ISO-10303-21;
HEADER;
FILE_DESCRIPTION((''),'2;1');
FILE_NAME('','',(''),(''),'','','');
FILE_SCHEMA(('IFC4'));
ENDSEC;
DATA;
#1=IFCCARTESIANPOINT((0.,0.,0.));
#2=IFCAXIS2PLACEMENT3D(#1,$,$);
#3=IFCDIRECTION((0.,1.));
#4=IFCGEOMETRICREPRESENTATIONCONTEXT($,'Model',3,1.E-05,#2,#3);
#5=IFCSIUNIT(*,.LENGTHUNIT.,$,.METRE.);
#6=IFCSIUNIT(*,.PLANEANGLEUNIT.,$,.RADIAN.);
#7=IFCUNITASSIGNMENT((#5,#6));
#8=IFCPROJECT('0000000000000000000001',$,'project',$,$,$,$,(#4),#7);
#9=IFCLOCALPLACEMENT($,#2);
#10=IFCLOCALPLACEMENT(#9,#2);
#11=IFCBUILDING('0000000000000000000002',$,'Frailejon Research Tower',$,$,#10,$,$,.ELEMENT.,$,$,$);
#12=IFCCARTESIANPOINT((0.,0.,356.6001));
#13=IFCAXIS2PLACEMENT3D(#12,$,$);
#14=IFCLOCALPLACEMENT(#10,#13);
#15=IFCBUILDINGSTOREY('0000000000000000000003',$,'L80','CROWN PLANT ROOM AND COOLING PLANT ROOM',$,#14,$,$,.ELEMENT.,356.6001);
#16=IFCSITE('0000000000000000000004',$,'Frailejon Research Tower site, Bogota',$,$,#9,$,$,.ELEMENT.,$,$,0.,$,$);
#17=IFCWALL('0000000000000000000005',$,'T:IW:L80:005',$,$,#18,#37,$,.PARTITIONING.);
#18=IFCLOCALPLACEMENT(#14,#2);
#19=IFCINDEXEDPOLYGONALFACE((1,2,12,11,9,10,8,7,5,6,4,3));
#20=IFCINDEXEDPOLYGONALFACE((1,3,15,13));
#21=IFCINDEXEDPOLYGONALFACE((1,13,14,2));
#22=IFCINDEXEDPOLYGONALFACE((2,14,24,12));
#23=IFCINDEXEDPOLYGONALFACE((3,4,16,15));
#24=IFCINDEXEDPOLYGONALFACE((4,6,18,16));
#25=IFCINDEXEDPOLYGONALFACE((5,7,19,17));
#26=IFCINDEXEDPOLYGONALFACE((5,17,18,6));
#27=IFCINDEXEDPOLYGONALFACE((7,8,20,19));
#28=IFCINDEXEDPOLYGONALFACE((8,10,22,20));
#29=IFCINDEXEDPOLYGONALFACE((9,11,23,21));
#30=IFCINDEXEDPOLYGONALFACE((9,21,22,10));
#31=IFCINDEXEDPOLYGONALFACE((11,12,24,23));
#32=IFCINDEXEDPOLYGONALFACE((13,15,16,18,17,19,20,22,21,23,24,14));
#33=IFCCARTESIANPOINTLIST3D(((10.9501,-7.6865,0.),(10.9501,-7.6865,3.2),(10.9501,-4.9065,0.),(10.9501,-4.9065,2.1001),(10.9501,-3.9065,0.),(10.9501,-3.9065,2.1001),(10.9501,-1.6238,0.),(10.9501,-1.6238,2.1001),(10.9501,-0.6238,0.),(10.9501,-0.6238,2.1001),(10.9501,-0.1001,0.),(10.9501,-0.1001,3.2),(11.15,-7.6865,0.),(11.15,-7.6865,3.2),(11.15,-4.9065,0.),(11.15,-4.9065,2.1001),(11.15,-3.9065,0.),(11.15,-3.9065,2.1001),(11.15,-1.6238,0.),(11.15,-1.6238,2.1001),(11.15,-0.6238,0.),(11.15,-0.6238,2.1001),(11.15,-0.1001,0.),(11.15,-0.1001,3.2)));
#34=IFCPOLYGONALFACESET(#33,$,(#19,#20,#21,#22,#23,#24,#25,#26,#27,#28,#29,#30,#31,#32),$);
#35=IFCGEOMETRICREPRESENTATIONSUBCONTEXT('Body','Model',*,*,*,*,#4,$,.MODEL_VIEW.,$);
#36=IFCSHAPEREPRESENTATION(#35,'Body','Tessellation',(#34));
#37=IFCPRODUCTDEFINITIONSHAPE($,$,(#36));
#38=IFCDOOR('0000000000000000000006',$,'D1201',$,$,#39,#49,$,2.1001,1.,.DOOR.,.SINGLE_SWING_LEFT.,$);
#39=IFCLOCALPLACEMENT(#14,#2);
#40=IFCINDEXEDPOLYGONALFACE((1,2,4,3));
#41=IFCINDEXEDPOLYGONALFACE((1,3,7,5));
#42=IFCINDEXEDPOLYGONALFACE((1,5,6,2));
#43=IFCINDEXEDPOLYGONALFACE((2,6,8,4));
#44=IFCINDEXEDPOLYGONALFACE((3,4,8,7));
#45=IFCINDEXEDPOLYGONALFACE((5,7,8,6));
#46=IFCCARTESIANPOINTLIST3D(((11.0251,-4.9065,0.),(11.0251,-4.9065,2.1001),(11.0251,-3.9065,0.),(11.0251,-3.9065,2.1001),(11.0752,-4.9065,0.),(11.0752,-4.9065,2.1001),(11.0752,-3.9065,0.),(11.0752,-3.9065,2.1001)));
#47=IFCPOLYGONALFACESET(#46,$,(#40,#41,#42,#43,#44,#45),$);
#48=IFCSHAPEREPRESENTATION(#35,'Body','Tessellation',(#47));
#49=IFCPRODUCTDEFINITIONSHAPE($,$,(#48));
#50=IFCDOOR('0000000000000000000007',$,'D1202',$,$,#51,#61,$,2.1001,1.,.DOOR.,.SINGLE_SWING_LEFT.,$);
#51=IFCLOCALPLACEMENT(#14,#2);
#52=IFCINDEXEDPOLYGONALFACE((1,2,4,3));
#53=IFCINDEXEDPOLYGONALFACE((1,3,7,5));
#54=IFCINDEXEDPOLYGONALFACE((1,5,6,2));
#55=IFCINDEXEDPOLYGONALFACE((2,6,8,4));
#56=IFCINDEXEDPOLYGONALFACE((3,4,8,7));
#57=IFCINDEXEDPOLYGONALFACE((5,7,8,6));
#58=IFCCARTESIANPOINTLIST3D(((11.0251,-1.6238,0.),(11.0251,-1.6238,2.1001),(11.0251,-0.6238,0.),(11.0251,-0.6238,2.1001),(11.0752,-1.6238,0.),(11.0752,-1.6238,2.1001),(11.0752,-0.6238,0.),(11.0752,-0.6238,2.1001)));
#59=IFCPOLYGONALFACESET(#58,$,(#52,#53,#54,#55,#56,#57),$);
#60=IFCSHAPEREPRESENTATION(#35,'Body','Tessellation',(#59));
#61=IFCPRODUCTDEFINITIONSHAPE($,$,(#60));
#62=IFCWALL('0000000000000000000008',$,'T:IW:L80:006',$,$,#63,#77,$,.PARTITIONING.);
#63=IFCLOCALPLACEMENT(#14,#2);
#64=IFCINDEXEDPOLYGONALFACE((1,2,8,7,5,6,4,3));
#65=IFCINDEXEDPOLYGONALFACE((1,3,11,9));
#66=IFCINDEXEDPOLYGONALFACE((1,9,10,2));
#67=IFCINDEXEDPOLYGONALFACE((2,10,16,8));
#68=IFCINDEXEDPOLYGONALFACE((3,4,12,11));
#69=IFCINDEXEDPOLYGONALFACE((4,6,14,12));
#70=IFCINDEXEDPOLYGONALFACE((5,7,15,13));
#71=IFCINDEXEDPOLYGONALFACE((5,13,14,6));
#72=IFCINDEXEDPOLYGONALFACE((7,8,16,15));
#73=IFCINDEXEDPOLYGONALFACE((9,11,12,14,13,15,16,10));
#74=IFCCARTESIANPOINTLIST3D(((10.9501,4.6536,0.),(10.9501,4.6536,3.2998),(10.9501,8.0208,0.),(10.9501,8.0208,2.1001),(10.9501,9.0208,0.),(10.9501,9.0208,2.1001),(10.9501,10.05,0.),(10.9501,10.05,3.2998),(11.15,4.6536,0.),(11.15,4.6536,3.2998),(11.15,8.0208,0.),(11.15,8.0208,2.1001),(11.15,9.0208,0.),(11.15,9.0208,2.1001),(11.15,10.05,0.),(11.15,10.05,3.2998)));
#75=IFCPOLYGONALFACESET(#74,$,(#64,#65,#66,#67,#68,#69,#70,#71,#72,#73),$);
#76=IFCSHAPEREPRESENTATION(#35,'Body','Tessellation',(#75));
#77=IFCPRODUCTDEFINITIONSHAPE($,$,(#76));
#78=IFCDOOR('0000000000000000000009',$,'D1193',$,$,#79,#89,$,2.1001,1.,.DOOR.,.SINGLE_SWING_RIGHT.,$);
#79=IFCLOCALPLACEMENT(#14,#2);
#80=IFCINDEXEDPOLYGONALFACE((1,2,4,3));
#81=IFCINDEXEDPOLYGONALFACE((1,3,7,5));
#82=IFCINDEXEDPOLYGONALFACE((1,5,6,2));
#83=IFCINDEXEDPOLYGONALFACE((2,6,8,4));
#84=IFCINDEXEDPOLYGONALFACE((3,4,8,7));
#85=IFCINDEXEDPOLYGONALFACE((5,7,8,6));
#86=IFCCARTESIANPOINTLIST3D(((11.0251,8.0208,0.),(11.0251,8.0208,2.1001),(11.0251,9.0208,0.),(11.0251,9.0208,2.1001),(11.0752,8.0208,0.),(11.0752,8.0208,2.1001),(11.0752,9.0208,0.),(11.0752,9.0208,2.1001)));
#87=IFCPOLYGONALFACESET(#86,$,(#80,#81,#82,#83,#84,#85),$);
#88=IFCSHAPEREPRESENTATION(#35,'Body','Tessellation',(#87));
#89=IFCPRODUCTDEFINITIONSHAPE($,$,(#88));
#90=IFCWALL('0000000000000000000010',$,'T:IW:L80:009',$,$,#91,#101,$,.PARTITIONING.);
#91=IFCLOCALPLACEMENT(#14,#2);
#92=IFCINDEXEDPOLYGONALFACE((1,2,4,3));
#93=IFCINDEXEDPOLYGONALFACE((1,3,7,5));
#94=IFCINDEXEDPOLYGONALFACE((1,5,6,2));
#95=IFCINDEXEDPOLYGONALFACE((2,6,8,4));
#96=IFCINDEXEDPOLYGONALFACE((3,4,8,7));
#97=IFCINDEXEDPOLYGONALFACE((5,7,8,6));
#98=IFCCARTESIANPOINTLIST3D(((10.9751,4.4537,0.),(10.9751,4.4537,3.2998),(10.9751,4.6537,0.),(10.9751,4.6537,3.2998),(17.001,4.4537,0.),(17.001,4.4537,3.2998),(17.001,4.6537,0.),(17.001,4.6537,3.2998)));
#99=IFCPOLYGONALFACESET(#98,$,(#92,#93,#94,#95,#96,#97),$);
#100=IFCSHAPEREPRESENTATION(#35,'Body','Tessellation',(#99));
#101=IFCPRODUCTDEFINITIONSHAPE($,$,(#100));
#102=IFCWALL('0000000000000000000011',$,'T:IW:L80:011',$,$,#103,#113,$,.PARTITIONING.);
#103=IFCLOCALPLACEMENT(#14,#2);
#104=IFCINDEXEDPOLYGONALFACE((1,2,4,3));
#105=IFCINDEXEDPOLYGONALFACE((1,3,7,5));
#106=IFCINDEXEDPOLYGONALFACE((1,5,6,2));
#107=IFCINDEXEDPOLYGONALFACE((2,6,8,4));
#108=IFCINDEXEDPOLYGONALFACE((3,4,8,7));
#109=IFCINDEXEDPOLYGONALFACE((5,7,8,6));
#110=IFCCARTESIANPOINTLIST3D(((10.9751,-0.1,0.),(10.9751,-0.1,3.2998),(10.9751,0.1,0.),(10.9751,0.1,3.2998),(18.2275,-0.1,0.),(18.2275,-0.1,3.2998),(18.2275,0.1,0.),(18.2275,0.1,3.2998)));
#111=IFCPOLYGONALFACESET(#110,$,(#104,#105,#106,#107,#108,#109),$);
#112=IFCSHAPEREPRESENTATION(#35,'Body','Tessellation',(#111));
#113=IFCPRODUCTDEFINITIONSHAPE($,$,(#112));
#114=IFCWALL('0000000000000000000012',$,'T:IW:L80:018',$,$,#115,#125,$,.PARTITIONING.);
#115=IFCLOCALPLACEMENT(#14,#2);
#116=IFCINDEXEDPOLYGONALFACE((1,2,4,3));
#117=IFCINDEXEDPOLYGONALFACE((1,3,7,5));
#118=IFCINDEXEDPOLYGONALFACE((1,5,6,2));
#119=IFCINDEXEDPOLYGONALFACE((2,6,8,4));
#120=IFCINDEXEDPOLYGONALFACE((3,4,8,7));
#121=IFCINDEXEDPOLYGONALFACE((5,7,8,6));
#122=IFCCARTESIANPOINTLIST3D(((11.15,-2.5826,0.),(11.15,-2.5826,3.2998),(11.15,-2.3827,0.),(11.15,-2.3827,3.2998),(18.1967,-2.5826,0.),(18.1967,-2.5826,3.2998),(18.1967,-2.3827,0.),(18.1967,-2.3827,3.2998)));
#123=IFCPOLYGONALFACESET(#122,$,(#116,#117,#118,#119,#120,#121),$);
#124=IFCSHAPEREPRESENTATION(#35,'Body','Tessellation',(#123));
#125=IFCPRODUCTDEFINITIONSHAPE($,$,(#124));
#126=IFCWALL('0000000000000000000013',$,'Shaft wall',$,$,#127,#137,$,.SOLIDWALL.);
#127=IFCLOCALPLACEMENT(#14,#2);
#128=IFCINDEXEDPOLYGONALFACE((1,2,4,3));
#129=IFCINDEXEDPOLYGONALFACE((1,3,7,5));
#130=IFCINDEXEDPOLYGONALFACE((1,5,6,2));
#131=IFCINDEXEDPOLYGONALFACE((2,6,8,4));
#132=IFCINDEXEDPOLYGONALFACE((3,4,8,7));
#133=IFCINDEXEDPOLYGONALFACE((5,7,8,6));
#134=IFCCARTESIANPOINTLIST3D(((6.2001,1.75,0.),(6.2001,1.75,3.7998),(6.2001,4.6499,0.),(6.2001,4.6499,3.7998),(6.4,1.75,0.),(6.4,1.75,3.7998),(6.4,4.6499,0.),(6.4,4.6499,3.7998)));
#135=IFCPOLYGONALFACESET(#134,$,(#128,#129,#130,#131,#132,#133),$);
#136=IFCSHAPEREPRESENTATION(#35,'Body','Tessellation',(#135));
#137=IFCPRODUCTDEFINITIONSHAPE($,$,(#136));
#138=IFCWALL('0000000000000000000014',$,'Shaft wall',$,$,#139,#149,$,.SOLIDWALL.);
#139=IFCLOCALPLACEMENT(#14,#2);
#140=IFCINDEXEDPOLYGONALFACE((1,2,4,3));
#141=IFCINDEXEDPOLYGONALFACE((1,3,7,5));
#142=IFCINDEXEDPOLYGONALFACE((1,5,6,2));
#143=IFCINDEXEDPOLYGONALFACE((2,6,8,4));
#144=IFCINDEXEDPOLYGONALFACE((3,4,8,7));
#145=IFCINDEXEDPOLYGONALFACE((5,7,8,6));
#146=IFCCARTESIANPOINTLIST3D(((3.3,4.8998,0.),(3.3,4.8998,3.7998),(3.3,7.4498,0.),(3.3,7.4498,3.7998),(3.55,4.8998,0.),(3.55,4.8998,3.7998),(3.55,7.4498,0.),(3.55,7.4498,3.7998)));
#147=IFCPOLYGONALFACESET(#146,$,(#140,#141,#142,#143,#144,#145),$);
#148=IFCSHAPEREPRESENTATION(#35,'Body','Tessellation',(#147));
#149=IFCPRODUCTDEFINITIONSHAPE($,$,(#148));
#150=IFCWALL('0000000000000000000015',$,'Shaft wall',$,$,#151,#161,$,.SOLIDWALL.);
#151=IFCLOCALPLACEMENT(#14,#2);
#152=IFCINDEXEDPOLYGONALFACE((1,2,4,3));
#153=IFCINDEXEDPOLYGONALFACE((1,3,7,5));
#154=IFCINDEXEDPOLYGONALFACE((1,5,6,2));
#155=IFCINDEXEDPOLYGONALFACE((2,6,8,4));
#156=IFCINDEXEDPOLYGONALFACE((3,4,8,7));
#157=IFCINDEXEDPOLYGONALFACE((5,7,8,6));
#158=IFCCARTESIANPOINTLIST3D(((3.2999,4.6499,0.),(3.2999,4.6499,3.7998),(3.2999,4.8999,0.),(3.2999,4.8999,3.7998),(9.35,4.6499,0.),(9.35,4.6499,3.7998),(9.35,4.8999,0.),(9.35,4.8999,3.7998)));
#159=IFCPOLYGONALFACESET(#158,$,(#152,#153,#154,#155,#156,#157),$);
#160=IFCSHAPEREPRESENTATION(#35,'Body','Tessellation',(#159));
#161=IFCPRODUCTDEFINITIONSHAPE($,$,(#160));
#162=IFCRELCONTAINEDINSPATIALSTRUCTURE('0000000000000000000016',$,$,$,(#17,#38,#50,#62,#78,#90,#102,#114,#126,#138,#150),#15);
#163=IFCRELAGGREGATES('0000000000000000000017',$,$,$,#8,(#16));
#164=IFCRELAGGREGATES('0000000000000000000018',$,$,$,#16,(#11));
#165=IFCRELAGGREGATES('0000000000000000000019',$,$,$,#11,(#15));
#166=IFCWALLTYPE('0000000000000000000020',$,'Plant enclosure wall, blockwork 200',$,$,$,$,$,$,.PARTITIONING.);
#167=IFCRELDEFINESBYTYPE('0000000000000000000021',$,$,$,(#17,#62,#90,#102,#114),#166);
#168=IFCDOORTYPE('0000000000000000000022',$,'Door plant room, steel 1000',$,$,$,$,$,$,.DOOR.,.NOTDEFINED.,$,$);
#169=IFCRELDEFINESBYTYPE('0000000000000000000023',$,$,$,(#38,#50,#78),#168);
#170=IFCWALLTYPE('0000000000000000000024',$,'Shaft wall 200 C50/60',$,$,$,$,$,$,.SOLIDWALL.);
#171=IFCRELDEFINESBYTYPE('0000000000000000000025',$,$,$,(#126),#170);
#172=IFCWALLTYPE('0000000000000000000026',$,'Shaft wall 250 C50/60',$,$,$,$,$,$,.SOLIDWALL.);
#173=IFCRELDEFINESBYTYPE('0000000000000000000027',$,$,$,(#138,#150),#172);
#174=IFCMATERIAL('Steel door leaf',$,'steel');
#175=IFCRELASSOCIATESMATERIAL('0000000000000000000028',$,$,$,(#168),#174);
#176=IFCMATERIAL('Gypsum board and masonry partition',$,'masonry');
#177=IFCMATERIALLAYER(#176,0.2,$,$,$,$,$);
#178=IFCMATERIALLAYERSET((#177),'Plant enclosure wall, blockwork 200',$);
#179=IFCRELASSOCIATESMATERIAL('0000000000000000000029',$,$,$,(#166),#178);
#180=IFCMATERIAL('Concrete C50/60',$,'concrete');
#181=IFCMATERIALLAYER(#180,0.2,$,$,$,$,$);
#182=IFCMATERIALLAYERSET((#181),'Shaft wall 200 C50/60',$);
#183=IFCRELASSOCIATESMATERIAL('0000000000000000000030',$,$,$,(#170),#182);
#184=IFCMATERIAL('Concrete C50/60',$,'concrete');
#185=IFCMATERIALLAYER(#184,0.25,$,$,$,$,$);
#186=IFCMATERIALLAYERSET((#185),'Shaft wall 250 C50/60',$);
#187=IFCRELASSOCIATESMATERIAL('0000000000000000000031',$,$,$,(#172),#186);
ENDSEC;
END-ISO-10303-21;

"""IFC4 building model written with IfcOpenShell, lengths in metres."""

from ifc_helpers import new_model, si_unit, direction, frame, frame_2d, origin, place, context, subcontext, project, spatial, rectangle, extrude, material, layer, layer_set, type_object, element, fill, save


model = new_model("IFC4")

# Units and contexts
model_context = context("Model", 3, precision=1e-05, world=origin(), true_north=direction((0.0, 1.0)))
body_context = subcontext(model_context, "Body", "Model", "MODEL_VIEW")
ifc_project = project(units=[si_unit("LENGTHUNIT", "METRE"), si_unit("PLANEANGLEUNIT", "RADIAN")], contexts=[model_context])

# Site, building, storey
site_placement = place(None, origin())
site = spatial("IfcSite", under=ifc_project, at=site_placement, Name="Frailejon Research Tower site, Bogota", CompositionType="ELEMENT", RefElevation=0.0)
building_placement = place(site_placement, origin())
building = spatial("IfcBuilding", under=site, at=building_placement, Name="Frailejon Research Tower", CompositionType="ELEMENT")
storey_placement = place(building_placement, frame((0.0, 0.0, 356.6001)))
storey = spatial("IfcBuildingStorey", under=building, at=storey_placement, Name="L80", Description="CROWN PLANT ROOM AND COOLING PLANT ROOM", CompositionType="ELEMENT", Elevation=356.6001)

# Shared definitions
ifc_material_1 = material(Name="Steel door leaf", Category="steel")
door_type_1 = type_object("IfcDoorType", Name="Door plant room, steel 1000", OperationType="NOTDEFINED", PredefinedType="DOOR", material=ifc_material_1)

# Wall, openings, doors
ifc_material_2 = material(Name="Gypsum board and masonry partition", Category="masonry")
ifc_layer_1 = layer(ifc_material_2, 0.2)
ifc_layer_set_1 = layer_set([ifc_layer_1], Name="Plant enclosure wall, blockwork 200")
wall_type_1 = type_object("IfcWallType", Name="Plant enclosure wall, blockwork 200", PredefinedType="PARTITIONING", material=ifc_layer_set_1)
wall_1_placement = place(storey_placement, frame((11.05, -7.6865, 0.0), z_axis=(0.0, 0.0, 1.0), x_axis=(0.0, 1.0, 0.0)))
wall_1 = element("IfcWall", 1, at=wall_1_placement, inside=storey, type_object=wall_type_1, Name="T:IW:L80:005", PredefinedType="PARTITIONING", context=body_context, shape_type="SweptSolid", body=[
    extrude(rectangle(XDim=7.5864, YDim=0.2, at=frame_2d((3.7932, 0.0))), origin(), (0.0, 0.0, 1.0), 3.2),
])
opening_1_placement = place(wall_1_placement, frame((2.78, 0.0, 0.0)))
opening_1 = element("IfcOpeningElement", 2, at=opening_1_placement, cuts=wall_1, PredefinedType="OPENING", context=body_context, shape_type="SweptSolid", body=[
    extrude(rectangle(XDim=1.0, YDim=2.1001, at=frame_2d((0.5, 1.05))), frame((0.0, 0.1099, 0.0), z_axis=(0.0, -1.0, 0.0), x_axis=(1.0, 0.0, 0.0)), (0.0, 0.0, 1.0), 0.22),
])
opening_2_placement = place(wall_1_placement, frame((6.0627, 0.0, 0.0)))
opening_2 = element("IfcOpeningElement", 3, at=opening_2_placement, cuts=wall_1, PredefinedType="OPENING", context=body_context, shape_type="SweptSolid", body=[
    extrude(rectangle(XDim=1.0, YDim=2.1001, at=frame_2d((0.5, 1.05))), frame((0.0, 0.1099, 0.0), z_axis=(0.0, -1.0, 0.0), x_axis=(1.0, 0.0, 0.0)), (0.0, 0.0, 1.0), 0.22),
])
door_1_placement = place(opening_1_placement, origin())
door_1 = element("IfcDoor", 4, at=door_1_placement, inside=storey, type_object=door_type_1, Name="D1201", OperationType="SINGLE_SWING_LEFT", OverallHeight=2.1001, OverallWidth=1.0, PredefinedType="DOOR", context=body_context, shape_type="SweptSolid", body=[
    extrude(rectangle(XDim=1.0, YDim=2.1001, at=frame_2d((0.5, 1.05))), frame((0.0, 0.0249, 0.0), z_axis=(0.0, -1.0, 0.0), x_axis=(1.0, 0.0, 0.0)), (0.0, 0.0, 1.0), 0.05),
])
fill(opening_1, door_1)
door_2_placement = place(opening_2_placement, origin())
door_2 = element("IfcDoor", 5, at=door_2_placement, inside=storey, type_object=door_type_1, Name="D1202", OperationType="SINGLE_SWING_LEFT", OverallHeight=2.1001, OverallWidth=1.0, PredefinedType="DOOR", context=body_context, shape_type="SweptSolid", body=[
    extrude(rectangle(XDim=1.0, YDim=2.1001, at=frame_2d((0.5, 1.05))), frame((0.0, 0.0249, 0.0), z_axis=(0.0, -1.0, 0.0), x_axis=(1.0, 0.0, 0.0)), (0.0, 0.0, 1.0), 0.05),
])
fill(opening_2, door_2)

# Wall, opening, door
wall_2_placement = place(storey_placement, frame((11.05, 4.6536, 0.0), z_axis=(0.0, 0.0, 1.0), x_axis=(0.0, 1.0, 0.0)))
wall_2 = element("IfcWall", 6, at=wall_2_placement, inside=storey, type_object=wall_type_1, Name="T:IW:L80:006", PredefinedType="PARTITIONING", context=body_context, shape_type="SweptSolid", body=[
    extrude(rectangle(XDim=5.3965, YDim=0.2, at=frame_2d((2.6982, 0.0))), origin(), (0.0, 0.0, 1.0), 3.2998),
])
opening_3_placement = place(wall_2_placement, frame((3.3672, 0.0, 0.0)))
opening_3 = element("IfcOpeningElement", 7, at=opening_3_placement, cuts=wall_2, PredefinedType="OPENING", context=body_context, shape_type="SweptSolid", body=[
    extrude(rectangle(XDim=1.0, YDim=2.1001, at=frame_2d((0.5, 1.05))), frame((0.0, 0.1099, 0.0), z_axis=(0.0, -1.0, 0.0), x_axis=(1.0, 0.0, 0.0)), (0.0, 0.0, 1.0), 0.22),
])
door_3_placement = place(opening_3_placement, origin())
door_3 = element("IfcDoor", 8, at=door_3_placement, inside=storey, type_object=door_type_1, Name="D1193", OperationType="SINGLE_SWING_RIGHT", OverallHeight=2.1001, OverallWidth=1.0, PredefinedType="DOOR", context=body_context, shape_type="SweptSolid", body=[
    extrude(rectangle(XDim=1.0, YDim=2.1001, at=frame_2d((0.5, 1.05))), frame((0.0, 0.0249, 0.0), z_axis=(0.0, -1.0, 0.0), x_axis=(1.0, 0.0, 0.0)), (0.0, 0.0, 1.0), 0.05),
])
fill(opening_3, door_3)

# Walls
wall_3_placement = place(storey_placement, frame((10.9751, 4.5537, 0.0), z_axis=(0.0, 0.0, 1.0), x_axis=(1.0, 0.0, 0.0)))
element("IfcWall", 9, at=wall_3_placement, inside=storey, type_object=wall_type_1, Name="T:IW:L80:009", PredefinedType="PARTITIONING", context=body_context, shape_type="SweptSolid", body=[
    extrude(rectangle(XDim=6.0259, YDim=0.2, at=frame_2d((3.0129, 0.0))), origin(), (0.0, 0.0, 1.0), 3.2998),
])
wall_4_placement = place(storey_placement, frame((10.9751, 0.0, 0.0), z_axis=(0.0, 0.0, 1.0), x_axis=(1.0, 0.0, 0.0)))
element("IfcWall", 10, at=wall_4_placement, inside=storey, type_object=wall_type_1, Name="T:IW:L80:011", PredefinedType="PARTITIONING", context=body_context, shape_type="SweptSolid", body=[
    extrude(rectangle(XDim=7.2524, YDim=0.2, at=frame_2d((3.6262, 0.0))), origin(), (0.0, 0.0, 1.0), 3.2998),
])
wall_5_placement = place(storey_placement, frame((11.1499, -2.4827, 0.0), z_axis=(0.0, 0.0, 1.0), x_axis=(1.0, 0.0, 0.0)))
element("IfcWall", 11, at=wall_5_placement, inside=storey, type_object=wall_type_1, Name="T:IW:L80:018", PredefinedType="PARTITIONING", context=body_context, shape_type="SweptSolid", body=[
    extrude(rectangle(XDim=7.0466, YDim=0.2, at=frame_2d((3.5234, 0.0))), origin(), (0.0, 0.0, 1.0), 3.2998),
])
ifc_material_3 = material(Name="Concrete C50/60", Category="concrete")
ifc_layer_2 = layer(ifc_material_3, 0.2)
ifc_layer_set_2 = layer_set([ifc_layer_2], Name="Shaft wall 200 C50/60")
wall_type_2 = type_object("IfcWallType", Name="Shaft wall 200 C50/60", PredefinedType="SOLIDWALL", material=ifc_layer_set_2)
wall_6_placement = place(storey_placement, frame((6.3, 1.75, 0.0), z_axis=(0.0, 0.0, 1.0), x_axis=(0.0, 1.0, 0.0)))
element("IfcWall", 12, at=wall_6_placement, inside=storey, type_object=wall_type_2, Name="Shaft wall", PredefinedType="SOLIDWALL", context=body_context, shape_type="SweptSolid", body=[
    extrude(rectangle(XDim=2.8999, YDim=0.2, at=frame_2d((1.45, 0.0))), origin(), (0.0, 0.0, 1.0), 3.7998),
])
ifc_material_4 = material(Name="Concrete C50/60", Category="concrete")
ifc_layer_3 = layer(ifc_material_4, 0.25)
ifc_layer_set_3 = layer_set([ifc_layer_3], Name="Shaft wall 250 C50/60")
wall_type_3 = type_object("IfcWallType", Name="Shaft wall 250 C50/60", PredefinedType="SOLIDWALL", material=ifc_layer_set_3)
wall_7_placement = place(storey_placement, frame((3.425, 4.8999, 0.0), z_axis=(0.0, 0.0, 1.0), x_axis=(0.0, 1.0, 0.0)))
element("IfcWall", 13, at=wall_7_placement, inside=storey, type_object=wall_type_3, Name="Shaft wall", PredefinedType="SOLIDWALL", context=body_context, shape_type="SweptSolid", body=[
    extrude(rectangle(XDim=2.55, YDim=0.25, at=frame_2d((1.2749, 0.0))), origin(), (0.0, 0.0, 1.0), 3.7998),
])
wall_8_placement = place(storey_placement, frame((3.3, 4.7749, 0.0), z_axis=(0.0, 0.0, 1.0), x_axis=(1.0, 0.0, 0.0)))
element("IfcWall", 14, at=wall_8_placement, inside=storey, type_object=wall_type_3, Name="Shaft wall", PredefinedType="SOLIDWALL", context=body_context, shape_type="SweptSolid", body=[
    extrude(rectangle(XDim=6.05, YDim=0.25, at=frame_2d((3.0249, 0.0))), origin(), (0.0, 0.0, 1.0), 3.7998),
])

save(model, "model.ifc")
